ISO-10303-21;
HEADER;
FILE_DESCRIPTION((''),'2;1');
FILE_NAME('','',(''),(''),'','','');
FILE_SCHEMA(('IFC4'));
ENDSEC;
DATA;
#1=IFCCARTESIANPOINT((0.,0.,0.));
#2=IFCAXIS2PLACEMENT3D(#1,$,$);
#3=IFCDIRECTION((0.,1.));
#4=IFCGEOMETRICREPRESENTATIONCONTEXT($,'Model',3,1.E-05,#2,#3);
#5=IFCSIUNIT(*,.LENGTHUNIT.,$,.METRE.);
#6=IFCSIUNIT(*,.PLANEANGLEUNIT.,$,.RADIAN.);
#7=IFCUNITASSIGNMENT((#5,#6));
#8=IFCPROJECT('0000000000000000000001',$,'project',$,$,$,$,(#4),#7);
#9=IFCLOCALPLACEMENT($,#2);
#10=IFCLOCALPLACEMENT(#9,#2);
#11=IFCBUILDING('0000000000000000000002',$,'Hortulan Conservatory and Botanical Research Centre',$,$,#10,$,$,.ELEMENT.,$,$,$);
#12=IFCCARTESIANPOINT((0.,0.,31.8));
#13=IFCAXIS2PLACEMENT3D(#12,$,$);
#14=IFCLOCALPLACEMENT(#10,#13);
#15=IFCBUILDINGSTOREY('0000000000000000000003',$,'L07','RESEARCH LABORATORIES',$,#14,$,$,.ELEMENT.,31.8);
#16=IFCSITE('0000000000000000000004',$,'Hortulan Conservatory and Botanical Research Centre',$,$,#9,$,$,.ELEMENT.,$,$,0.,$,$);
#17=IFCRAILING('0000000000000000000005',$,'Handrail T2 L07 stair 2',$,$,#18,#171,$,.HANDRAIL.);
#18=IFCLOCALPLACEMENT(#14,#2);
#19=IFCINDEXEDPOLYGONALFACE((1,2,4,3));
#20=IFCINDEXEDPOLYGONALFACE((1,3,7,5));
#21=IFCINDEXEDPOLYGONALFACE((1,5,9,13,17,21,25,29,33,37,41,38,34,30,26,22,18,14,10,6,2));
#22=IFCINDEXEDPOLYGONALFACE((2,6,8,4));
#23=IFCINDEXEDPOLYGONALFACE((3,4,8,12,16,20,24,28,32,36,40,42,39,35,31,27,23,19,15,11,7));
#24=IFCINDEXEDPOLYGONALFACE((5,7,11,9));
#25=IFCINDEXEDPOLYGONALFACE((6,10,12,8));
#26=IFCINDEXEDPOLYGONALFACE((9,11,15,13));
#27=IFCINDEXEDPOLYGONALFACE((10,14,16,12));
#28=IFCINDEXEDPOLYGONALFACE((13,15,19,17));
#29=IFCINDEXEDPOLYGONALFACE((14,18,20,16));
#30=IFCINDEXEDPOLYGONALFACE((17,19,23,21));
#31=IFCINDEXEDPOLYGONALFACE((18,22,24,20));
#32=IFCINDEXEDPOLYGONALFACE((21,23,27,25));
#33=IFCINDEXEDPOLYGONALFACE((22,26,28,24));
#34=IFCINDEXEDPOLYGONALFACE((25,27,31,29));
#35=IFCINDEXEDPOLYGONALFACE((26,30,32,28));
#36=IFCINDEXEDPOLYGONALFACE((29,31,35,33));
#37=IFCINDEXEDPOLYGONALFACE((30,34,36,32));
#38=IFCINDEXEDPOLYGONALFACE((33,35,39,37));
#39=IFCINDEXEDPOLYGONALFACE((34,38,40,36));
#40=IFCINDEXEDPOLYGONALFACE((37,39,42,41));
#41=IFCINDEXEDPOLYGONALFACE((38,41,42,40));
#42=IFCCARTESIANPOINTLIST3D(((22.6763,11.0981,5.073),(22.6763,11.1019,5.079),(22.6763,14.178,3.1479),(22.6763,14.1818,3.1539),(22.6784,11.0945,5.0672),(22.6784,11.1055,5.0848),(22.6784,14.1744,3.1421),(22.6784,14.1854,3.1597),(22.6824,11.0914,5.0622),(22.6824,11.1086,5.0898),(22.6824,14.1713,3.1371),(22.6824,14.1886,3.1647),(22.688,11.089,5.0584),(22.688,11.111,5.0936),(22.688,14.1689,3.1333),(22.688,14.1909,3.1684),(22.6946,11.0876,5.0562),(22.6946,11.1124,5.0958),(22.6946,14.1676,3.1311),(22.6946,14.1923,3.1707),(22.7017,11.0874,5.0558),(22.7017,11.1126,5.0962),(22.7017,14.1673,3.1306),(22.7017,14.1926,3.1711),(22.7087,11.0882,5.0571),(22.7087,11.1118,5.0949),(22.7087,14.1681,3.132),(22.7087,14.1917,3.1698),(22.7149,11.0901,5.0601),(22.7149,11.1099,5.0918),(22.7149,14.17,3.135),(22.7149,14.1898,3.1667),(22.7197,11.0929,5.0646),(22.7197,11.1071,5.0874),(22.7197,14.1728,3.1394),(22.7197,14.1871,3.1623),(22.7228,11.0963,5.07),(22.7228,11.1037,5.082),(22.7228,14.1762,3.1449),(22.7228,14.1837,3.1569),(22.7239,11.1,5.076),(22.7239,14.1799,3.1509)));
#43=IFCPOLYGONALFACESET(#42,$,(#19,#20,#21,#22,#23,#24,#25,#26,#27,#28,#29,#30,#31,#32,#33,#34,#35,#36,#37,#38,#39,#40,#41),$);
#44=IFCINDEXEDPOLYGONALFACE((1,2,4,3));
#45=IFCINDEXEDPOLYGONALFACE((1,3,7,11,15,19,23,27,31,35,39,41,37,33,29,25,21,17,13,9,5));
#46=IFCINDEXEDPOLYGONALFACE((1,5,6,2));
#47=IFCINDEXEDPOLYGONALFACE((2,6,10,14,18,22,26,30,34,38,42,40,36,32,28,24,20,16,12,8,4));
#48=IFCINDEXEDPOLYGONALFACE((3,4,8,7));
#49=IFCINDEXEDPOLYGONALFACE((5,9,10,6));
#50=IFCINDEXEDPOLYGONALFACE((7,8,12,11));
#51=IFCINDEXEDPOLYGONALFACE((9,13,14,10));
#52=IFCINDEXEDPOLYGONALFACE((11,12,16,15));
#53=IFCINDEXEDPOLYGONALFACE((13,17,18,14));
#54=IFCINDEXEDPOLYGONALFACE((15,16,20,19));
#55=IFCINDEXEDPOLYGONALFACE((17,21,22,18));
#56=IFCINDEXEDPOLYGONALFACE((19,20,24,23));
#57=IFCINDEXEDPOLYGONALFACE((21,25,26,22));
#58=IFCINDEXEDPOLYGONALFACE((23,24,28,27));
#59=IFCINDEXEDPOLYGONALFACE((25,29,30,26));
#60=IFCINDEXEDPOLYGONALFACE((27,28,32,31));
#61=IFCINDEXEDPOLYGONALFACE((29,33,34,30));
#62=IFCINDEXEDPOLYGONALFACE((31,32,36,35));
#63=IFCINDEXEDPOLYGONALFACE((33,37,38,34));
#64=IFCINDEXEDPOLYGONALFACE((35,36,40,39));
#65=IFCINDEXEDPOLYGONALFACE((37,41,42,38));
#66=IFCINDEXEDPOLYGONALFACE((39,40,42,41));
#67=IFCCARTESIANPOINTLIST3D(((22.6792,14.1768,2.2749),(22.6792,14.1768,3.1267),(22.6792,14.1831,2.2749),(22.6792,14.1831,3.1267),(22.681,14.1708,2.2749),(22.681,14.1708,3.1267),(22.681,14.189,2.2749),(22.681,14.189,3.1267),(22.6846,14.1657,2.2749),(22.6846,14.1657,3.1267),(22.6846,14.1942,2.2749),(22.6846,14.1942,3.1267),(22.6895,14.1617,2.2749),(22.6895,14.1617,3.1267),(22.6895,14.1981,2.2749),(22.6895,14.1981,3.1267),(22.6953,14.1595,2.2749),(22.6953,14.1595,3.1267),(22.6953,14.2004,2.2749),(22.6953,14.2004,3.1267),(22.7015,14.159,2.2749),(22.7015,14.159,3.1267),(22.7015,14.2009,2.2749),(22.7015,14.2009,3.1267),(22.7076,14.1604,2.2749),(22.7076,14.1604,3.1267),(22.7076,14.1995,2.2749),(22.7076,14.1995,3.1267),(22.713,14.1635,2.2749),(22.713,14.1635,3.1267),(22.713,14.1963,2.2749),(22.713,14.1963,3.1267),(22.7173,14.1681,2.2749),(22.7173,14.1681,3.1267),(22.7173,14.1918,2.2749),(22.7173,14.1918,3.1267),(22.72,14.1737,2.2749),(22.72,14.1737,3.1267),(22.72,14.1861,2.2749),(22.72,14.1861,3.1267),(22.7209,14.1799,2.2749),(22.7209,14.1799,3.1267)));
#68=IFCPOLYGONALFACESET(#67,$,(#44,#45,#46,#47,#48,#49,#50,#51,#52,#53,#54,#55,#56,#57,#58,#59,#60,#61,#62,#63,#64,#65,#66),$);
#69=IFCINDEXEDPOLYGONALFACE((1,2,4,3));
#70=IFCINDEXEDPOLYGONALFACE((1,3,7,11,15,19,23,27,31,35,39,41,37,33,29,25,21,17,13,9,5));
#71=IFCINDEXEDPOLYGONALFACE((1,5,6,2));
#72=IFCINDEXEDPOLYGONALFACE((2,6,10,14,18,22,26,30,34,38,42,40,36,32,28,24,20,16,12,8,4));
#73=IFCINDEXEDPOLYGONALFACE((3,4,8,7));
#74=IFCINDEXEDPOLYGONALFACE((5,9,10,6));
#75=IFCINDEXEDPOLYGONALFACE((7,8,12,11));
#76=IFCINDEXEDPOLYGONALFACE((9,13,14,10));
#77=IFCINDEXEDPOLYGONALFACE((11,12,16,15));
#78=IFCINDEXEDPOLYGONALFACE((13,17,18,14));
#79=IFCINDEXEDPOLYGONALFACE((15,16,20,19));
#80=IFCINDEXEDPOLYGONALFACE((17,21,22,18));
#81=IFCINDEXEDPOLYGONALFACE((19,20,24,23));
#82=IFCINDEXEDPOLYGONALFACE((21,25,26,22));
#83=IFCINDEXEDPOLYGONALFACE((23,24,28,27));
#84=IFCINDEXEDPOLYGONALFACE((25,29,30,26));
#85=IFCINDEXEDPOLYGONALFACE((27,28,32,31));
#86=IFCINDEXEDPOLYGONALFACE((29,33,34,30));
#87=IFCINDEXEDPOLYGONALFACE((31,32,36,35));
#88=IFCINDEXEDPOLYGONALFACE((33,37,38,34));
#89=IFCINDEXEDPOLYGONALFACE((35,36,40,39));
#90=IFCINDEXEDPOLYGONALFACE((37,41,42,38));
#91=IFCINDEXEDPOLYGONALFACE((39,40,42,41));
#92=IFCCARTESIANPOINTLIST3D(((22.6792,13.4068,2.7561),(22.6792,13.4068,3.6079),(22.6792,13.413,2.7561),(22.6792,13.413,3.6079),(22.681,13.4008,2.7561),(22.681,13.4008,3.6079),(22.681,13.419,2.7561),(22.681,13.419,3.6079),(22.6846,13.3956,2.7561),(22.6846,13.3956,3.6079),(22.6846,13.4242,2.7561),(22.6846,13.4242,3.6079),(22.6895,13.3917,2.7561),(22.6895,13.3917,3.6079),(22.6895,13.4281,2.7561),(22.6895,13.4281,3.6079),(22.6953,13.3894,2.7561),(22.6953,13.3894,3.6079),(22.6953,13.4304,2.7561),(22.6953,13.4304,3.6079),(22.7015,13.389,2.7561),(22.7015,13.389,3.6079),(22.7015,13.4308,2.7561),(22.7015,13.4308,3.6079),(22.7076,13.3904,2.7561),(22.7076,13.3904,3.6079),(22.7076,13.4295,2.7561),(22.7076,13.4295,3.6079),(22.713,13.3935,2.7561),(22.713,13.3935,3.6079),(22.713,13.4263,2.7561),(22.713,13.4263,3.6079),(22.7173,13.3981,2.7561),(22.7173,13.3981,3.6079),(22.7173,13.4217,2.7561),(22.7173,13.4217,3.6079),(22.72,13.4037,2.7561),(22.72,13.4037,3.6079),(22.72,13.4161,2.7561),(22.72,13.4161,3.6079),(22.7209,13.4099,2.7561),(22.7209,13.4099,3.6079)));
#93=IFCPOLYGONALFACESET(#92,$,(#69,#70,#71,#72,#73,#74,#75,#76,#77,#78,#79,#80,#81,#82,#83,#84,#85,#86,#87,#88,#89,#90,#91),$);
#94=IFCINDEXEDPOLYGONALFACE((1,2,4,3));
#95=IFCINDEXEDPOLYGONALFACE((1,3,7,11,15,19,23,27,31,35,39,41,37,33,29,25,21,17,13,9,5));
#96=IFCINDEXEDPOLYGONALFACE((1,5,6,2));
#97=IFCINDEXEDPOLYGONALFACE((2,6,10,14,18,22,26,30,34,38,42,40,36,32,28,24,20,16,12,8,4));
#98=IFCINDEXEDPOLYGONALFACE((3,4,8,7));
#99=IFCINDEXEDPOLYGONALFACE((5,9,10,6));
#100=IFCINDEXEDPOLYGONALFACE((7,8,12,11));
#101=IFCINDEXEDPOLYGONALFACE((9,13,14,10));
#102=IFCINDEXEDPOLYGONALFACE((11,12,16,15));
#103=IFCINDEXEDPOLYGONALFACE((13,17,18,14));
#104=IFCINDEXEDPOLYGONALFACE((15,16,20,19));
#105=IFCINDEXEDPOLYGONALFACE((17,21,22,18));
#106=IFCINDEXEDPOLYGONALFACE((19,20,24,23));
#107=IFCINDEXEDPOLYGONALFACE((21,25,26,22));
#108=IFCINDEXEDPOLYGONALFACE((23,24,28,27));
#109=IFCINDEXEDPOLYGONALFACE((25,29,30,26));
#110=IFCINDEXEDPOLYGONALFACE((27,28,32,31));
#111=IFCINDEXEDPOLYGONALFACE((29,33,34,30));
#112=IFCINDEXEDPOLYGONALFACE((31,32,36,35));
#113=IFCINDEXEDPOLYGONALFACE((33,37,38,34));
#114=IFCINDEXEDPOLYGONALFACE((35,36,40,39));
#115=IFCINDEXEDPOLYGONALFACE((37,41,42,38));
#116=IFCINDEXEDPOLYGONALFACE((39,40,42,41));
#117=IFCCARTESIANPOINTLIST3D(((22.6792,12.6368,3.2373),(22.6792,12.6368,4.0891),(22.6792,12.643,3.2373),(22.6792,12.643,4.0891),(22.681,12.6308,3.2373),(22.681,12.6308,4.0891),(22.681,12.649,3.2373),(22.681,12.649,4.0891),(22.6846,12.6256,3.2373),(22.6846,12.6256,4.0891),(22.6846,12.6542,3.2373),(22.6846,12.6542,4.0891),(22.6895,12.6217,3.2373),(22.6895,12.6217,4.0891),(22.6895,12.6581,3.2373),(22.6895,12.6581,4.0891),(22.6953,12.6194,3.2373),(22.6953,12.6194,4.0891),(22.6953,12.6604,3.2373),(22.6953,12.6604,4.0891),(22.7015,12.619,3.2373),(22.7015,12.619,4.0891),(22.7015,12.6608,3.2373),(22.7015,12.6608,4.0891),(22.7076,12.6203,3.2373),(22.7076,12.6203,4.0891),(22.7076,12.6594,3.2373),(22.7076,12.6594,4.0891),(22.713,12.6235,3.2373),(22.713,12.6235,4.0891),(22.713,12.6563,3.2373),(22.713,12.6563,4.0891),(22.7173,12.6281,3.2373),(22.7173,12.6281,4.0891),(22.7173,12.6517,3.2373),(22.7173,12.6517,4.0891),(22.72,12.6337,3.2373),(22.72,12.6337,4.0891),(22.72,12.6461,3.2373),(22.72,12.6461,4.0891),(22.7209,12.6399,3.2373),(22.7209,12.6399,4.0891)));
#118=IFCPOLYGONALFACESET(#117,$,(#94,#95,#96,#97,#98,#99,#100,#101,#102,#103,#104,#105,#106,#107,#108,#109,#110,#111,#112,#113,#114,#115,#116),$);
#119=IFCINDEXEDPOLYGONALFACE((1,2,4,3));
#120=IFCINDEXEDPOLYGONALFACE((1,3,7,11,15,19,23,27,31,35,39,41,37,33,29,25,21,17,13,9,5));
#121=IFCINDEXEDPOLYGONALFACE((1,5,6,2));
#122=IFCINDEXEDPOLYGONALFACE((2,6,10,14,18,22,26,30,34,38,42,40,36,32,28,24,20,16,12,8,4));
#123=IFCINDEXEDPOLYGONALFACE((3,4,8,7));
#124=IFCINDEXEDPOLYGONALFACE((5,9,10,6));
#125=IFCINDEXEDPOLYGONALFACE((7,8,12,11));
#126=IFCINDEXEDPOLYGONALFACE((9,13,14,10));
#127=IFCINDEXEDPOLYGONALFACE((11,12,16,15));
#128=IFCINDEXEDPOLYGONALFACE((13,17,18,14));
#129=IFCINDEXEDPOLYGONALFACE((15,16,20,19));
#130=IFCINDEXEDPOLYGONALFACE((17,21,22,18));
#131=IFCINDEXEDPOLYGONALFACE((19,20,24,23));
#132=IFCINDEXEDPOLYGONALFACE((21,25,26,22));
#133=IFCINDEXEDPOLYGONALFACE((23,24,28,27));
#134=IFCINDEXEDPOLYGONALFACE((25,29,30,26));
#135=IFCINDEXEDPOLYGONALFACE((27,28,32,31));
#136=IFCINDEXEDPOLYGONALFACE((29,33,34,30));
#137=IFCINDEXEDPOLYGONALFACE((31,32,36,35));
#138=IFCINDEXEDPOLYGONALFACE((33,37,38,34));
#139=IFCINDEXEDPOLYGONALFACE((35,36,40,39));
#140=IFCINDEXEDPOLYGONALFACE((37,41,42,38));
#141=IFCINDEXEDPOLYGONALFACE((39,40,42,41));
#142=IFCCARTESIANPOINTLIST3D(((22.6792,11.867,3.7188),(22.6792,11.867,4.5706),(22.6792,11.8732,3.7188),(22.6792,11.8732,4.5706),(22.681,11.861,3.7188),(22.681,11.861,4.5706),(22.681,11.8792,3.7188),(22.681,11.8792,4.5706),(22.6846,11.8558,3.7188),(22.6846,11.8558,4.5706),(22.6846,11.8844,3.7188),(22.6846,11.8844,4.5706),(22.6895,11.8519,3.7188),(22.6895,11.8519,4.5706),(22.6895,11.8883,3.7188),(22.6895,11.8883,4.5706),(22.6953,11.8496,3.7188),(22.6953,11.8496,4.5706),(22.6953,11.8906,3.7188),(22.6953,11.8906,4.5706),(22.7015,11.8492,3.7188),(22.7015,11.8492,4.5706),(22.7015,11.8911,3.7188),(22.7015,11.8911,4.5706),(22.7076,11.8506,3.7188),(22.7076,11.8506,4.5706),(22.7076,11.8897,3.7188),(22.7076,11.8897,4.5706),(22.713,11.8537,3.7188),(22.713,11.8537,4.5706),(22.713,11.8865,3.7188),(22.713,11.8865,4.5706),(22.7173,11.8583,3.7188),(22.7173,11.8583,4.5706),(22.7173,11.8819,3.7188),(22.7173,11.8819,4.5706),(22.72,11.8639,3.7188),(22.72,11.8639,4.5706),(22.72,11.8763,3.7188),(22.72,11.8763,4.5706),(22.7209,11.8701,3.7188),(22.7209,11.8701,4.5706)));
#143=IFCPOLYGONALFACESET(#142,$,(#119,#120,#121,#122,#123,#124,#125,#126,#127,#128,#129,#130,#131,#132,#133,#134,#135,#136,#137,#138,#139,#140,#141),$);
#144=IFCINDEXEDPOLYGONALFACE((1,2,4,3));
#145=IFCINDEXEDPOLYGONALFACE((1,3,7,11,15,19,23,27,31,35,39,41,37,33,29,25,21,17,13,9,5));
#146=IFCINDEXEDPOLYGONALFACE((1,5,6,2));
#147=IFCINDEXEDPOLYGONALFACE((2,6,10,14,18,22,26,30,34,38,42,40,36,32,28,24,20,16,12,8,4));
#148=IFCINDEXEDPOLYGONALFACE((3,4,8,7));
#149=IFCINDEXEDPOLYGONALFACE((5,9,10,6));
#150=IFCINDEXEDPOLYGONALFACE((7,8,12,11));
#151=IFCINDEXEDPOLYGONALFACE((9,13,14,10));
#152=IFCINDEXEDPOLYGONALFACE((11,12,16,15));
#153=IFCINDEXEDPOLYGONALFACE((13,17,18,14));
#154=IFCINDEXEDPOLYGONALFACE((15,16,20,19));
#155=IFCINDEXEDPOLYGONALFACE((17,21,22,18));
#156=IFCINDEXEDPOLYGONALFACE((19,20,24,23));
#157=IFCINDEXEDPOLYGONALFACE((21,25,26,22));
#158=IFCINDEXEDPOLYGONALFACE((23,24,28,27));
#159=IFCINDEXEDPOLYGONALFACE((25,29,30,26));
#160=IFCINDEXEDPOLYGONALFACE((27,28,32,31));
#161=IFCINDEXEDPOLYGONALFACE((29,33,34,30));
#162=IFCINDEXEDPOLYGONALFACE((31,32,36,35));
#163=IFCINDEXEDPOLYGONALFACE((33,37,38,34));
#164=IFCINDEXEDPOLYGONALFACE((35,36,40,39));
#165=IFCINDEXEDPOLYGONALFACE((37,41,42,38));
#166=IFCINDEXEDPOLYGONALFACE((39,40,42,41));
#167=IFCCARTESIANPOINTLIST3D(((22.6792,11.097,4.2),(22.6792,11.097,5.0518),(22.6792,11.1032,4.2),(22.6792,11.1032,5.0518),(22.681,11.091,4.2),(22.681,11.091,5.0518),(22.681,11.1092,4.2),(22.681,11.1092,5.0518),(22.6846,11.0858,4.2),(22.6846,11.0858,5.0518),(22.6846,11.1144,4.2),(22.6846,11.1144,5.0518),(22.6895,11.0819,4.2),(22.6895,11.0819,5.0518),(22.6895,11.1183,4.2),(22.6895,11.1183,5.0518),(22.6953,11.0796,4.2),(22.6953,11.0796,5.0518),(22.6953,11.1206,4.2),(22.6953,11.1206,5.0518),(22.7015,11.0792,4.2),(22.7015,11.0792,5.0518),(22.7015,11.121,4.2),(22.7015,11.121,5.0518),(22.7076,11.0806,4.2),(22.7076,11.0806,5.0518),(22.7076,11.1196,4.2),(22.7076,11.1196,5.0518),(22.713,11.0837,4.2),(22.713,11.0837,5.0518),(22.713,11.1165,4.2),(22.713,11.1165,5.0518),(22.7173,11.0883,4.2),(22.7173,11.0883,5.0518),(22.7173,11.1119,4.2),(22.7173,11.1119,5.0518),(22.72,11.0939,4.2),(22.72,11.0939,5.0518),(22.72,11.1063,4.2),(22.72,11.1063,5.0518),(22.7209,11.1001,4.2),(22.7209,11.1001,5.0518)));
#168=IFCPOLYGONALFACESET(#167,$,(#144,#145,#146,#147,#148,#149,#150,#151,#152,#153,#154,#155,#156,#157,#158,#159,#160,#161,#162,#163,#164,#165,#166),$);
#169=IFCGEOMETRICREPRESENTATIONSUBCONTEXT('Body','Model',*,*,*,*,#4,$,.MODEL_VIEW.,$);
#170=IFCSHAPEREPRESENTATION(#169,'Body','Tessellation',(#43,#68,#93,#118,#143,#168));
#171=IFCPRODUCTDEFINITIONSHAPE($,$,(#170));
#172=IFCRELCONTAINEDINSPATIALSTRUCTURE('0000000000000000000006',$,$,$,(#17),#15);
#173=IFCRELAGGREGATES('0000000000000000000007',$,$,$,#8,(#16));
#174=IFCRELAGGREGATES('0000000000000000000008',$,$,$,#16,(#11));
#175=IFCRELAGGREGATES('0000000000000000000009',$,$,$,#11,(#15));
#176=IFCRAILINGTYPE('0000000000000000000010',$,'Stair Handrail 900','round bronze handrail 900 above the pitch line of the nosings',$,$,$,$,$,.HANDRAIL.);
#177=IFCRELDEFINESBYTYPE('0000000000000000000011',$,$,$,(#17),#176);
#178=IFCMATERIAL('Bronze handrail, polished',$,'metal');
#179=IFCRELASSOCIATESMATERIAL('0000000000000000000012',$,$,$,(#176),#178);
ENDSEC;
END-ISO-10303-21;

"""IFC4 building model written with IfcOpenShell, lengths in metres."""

from ifc_helpers import new_model, si_unit, direction, frame, origin, origin_2d, place, context, subcontext, project, spatial, circle, extrude, material, type_object, element, save


model = new_model("IFC4")

# Units and contexts
model_context = context("Model", 3, precision=1e-05, world=origin(), true_north=direction((0.0, 1.0)))
body_context = subcontext(model_context, "Body", "Model", "MODEL_VIEW")
ifc_project = project(units=[si_unit("LENGTHUNIT", "METRE"), si_unit("PLANEANGLEUNIT", "RADIAN")], contexts=[model_context])

# Site, building, storey
site_placement = place(None, origin())
site = spatial("IfcSite", under=ifc_project, at=site_placement, Name="Hortulan Conservatory and Botanical Research Centre", CompositionType="ELEMENT", RefElevation=0.0)
building_placement = place(site_placement, origin())
building = spatial("IfcBuilding", under=site, at=building_placement, Name="Hortulan Conservatory and Botanical Research Centre", CompositionType="ELEMENT")
storey_placement = place(building_placement, frame((0.0, 0.0, 31.8)))
storey = spatial("IfcBuildingStorey", under=building, at=storey_placement, Name="L07", Description="RESEARCH LABORATORIES", CompositionType="ELEMENT", Elevation=31.8)

# Railing
ifc_material_1 = material(Name="Bronze handrail, polished", Category="metal")
railing_type_1 = type_object("IfcRailingType", Name="Stair Handrail 900", Description="round bronze handrail 900 above the pitch line of the nosings", PredefinedType="HANDRAIL", material=ifc_material_1)
for number, where, name in (
    (1, (22.7, 14.1799, 2.2749), "Handrail T2 L07 stair 2"),
):
    element("IfcRailing", number, at=place(storey_placement, frame(where)), inside=storey, type_object=railing_type_1, Name=name, PredefinedType="HANDRAIL", context=body_context, shape_type="SweptSolid", body=[
        extrude(circle(Radius=0.0239, at=origin_2d()), frame((0.0, 0.0, 0.876), z_axis=(0.0, -0.847979, 0.530029), x_axis=(1.0, 0.0, 0.0)), (0.0, 0.0, 1.0), 3.6321),
        extrude(circle(Radius=0.021, at=origin_2d()), origin(), (0.0, 0.0, 1.0), 0.8518),
        extrude(circle(Radius=0.021, at=origin_2d()), frame((0.0, -0.77, 0.4812)), (0.0, 0.0, 1.0), 0.8518),
        extrude(circle(Radius=0.021, at=origin_2d()), frame((0.0, -1.54, 0.9624)), (0.0, 0.0, 1.0), 0.8518),
        extrude(circle(Radius=0.021, at=origin_2d()), frame((0.0, -2.3098, 1.4438)), (0.0, 0.0, 1.0), 0.8518),
        extrude(circle(Radius=0.021, at=origin_2d()), frame((0.0, -3.0798, 1.925)), (0.0, 0.0, 1.0), 0.8518),
    ])

save(model, "model.ifc")
